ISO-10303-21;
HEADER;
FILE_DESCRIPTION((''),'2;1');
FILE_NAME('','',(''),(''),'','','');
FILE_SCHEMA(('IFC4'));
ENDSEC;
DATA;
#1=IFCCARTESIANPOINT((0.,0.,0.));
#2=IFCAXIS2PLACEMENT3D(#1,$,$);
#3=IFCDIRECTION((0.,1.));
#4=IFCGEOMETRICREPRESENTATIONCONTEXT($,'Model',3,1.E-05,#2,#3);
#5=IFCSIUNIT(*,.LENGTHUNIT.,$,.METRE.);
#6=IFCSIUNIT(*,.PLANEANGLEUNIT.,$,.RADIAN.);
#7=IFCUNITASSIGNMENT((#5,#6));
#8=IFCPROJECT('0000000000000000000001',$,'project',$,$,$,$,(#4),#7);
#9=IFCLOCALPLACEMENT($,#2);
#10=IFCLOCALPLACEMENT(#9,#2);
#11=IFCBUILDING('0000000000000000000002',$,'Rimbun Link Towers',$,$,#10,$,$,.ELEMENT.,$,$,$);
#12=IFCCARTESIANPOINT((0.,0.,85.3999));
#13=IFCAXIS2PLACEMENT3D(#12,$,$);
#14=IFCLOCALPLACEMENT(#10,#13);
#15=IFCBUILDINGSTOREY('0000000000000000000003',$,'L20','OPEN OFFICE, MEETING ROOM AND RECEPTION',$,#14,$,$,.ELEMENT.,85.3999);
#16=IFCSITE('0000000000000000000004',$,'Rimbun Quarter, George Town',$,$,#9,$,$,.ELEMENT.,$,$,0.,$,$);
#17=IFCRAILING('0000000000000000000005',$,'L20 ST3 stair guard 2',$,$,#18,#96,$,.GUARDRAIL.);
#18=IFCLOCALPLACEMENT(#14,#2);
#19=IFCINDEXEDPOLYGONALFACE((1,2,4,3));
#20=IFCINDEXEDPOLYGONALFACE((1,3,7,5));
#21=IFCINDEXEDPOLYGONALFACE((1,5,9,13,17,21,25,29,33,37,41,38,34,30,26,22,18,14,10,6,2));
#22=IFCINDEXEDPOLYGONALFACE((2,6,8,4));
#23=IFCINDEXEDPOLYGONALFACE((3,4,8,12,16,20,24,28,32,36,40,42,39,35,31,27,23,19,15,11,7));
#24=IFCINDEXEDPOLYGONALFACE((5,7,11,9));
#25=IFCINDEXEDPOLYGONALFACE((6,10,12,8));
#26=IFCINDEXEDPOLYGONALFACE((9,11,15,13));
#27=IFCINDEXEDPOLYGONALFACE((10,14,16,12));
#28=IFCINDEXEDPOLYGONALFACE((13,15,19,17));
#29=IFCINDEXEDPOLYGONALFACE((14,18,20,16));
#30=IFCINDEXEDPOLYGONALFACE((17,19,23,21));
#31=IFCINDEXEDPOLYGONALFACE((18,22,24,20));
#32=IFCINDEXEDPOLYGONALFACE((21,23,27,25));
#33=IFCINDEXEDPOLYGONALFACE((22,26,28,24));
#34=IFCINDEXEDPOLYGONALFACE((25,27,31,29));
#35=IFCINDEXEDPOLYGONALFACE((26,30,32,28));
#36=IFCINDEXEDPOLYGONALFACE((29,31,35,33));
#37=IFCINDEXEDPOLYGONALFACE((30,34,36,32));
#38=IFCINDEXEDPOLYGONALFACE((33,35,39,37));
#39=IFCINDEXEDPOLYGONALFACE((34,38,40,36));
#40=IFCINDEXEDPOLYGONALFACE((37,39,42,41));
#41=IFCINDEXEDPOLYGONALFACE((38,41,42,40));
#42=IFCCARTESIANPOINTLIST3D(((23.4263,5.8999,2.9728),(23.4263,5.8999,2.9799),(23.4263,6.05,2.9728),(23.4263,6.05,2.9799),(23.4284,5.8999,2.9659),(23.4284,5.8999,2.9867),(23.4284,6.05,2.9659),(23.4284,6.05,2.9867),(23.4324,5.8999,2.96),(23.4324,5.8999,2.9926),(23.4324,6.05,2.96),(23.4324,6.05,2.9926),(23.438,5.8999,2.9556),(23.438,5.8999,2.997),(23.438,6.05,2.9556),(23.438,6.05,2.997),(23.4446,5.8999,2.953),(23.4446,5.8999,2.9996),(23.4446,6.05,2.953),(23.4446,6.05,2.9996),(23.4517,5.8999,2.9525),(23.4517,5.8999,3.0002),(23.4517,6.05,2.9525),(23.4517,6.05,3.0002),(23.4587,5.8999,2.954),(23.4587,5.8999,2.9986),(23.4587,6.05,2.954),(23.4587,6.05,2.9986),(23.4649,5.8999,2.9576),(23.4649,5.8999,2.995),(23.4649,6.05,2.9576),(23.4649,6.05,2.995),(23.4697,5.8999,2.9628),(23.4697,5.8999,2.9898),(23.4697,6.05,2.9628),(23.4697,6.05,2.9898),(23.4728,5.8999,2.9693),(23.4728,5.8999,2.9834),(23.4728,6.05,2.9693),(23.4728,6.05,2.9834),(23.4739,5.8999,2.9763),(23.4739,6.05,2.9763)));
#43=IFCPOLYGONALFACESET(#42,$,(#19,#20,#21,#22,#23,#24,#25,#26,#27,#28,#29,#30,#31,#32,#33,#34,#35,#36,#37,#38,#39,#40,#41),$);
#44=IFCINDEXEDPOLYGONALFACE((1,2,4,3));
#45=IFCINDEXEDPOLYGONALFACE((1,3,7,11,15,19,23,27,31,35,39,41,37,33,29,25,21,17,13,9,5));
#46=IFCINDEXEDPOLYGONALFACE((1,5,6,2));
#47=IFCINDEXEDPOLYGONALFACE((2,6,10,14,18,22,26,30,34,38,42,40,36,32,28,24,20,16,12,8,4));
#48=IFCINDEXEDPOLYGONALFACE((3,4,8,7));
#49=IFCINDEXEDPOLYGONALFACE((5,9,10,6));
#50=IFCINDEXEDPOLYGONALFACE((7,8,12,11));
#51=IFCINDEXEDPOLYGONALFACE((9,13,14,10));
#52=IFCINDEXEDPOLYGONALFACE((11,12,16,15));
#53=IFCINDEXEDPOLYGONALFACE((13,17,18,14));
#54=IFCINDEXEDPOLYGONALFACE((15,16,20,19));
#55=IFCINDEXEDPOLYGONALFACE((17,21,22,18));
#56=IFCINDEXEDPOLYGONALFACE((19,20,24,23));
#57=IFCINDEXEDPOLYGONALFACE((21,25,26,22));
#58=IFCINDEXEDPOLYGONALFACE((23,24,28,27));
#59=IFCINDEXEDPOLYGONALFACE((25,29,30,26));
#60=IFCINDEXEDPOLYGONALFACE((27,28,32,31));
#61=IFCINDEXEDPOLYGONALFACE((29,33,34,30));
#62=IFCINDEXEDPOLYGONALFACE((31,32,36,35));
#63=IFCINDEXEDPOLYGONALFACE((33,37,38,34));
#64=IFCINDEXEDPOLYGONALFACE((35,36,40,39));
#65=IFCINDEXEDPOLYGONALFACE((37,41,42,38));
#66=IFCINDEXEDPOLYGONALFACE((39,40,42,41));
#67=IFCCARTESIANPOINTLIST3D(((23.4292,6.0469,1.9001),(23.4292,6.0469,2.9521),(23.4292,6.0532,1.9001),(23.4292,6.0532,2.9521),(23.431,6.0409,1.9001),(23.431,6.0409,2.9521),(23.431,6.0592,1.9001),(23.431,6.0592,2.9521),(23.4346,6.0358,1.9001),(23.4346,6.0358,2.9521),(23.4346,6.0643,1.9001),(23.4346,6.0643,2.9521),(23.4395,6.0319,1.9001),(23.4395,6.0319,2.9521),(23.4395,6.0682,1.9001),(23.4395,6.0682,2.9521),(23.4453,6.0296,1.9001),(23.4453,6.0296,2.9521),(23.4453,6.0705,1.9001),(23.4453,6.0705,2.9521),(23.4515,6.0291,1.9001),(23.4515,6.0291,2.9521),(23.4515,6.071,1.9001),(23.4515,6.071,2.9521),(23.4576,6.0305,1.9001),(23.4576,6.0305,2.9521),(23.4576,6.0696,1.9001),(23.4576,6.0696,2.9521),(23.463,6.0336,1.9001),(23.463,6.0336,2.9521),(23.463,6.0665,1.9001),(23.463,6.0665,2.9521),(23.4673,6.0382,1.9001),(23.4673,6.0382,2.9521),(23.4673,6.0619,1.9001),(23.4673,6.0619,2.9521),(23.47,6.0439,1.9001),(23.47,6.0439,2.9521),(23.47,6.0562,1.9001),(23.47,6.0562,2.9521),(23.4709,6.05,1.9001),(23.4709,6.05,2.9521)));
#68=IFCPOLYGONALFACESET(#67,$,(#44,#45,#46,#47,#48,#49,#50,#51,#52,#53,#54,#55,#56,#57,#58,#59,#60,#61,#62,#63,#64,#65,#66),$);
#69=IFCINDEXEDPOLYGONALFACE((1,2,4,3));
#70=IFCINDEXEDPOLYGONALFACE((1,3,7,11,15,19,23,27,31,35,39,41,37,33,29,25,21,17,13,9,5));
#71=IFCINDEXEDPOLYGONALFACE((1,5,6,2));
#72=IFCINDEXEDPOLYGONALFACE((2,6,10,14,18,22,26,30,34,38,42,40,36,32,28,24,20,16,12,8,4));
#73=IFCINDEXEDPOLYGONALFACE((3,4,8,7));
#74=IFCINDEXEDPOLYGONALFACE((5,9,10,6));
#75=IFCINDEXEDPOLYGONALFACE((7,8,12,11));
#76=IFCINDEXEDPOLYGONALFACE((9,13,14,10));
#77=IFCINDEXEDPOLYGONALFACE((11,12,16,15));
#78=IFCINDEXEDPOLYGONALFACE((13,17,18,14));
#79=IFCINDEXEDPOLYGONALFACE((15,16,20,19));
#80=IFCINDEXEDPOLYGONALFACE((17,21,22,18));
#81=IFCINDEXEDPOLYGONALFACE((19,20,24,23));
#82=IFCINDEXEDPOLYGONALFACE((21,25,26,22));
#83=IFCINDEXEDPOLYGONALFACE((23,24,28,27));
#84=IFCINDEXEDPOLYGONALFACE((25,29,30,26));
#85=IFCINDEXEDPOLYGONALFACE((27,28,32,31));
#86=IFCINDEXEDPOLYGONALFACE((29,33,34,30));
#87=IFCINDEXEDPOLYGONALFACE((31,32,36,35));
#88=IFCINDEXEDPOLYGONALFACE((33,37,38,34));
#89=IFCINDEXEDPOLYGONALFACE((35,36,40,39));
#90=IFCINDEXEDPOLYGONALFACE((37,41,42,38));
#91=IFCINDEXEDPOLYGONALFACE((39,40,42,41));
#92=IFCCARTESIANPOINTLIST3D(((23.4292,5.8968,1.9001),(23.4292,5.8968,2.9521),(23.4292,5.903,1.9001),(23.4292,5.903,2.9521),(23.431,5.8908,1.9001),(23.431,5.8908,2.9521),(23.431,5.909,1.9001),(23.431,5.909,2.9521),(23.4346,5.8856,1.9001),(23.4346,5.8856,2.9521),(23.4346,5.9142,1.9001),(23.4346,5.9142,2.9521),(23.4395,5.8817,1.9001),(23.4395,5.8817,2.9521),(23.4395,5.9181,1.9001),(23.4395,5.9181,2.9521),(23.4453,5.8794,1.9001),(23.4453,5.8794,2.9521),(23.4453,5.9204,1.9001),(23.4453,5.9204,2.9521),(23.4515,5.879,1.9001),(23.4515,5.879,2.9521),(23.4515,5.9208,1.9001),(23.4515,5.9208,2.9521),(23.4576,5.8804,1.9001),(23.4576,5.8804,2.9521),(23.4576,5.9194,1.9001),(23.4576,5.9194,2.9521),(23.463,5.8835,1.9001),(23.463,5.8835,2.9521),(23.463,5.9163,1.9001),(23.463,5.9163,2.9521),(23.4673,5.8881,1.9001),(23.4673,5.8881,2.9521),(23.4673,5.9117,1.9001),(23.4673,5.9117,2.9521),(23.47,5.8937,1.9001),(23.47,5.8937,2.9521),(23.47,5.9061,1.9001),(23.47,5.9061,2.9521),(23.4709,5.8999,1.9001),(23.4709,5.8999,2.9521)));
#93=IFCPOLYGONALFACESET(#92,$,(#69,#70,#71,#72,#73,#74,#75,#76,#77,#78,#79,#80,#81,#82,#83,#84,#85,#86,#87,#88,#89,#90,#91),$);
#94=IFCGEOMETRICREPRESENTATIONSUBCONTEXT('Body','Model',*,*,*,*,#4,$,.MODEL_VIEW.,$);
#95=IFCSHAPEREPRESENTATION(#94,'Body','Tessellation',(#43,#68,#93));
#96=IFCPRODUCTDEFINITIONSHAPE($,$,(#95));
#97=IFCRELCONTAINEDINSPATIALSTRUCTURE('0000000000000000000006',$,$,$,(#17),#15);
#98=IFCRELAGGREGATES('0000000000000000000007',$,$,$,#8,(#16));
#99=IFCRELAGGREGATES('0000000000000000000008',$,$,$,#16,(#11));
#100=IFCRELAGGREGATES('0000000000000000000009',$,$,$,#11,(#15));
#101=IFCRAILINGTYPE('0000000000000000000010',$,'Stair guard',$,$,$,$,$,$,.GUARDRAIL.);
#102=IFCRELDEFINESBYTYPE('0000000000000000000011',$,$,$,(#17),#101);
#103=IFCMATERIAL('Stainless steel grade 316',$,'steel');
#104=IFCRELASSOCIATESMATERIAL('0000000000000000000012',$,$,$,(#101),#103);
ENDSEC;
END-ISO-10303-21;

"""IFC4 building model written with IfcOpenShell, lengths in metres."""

from ifc_helpers import new_model, si_unit, direction, frame, origin, origin_2d, place, context, subcontext, project, spatial, circle, extrude, material, type_object, element, save


model = new_model("IFC4")

# Units and contexts
model_context = context("Model", 3, precision=1e-05, world=origin(), true_north=direction((0.0, 1.0)))
body_context = subcontext(model_context, "Body", "Model", "MODEL_VIEW")
ifc_project = project(units=[si_unit("LENGTHUNIT", "METRE"), si_unit("PLANEANGLEUNIT", "RADIAN")], contexts=[model_context])

# Site, building, storey
site_placement = place(None, origin())
site = spatial("IfcSite", under=ifc_project, at=site_placement, Name="Rimbun Quarter, George Town", CompositionType="ELEMENT", RefElevation=0.0)
building_placement = place(site_placement, origin())
building = spatial("IfcBuilding", under=site, at=building_placement, Name="Rimbun Link Towers", CompositionType="ELEMENT")
storey_placement = place(building_placement, frame((0.0, 0.0, 85.3999)))
storey = spatial("IfcBuildingStorey", under=building, at=storey_placement, Name="L20", Description="OPEN OFFICE, MEETING ROOM AND RECEPTION", CompositionType="ELEMENT", Elevation=85.3999)

# Railing
ifc_material_1 = material(Name="Stainless steel grade 316", Category="steel")
railing_type = type_object("IfcRailingType", Name="Stair guard", PredefinedType="GUARDRAIL", material=ifc_material_1)
railing_1_placement = place(storey_placement, frame((23.45, 6.05, 1.9001)))
element("IfcRailing", 1, at=railing_1_placement, inside=storey, type_object=railing_type, Name="L20 ST3 stair guard 2", PredefinedType="GUARDRAIL", context=body_context, shape_type="SweptSolid", body=[
    extrude(circle(Radius=0.0239, at=origin_2d()), frame((0.0, 0.0, 1.0762), z_axis=(0.0, -1.0, 0.0), x_axis=(1.0, 0.0, 0.0)), (0.0, 0.0, 1.0), 0.1501),
    extrude(circle(Radius=0.021, at=origin_2d()), origin(), (0.0, 0.0, 1.0), 1.052),
    extrude(circle(Radius=0.021, at=origin_2d()), frame((0.0, -0.1501, 0.0)), (0.0, 0.0, 1.0), 1.052),
])

save(model, "model.ifc")
